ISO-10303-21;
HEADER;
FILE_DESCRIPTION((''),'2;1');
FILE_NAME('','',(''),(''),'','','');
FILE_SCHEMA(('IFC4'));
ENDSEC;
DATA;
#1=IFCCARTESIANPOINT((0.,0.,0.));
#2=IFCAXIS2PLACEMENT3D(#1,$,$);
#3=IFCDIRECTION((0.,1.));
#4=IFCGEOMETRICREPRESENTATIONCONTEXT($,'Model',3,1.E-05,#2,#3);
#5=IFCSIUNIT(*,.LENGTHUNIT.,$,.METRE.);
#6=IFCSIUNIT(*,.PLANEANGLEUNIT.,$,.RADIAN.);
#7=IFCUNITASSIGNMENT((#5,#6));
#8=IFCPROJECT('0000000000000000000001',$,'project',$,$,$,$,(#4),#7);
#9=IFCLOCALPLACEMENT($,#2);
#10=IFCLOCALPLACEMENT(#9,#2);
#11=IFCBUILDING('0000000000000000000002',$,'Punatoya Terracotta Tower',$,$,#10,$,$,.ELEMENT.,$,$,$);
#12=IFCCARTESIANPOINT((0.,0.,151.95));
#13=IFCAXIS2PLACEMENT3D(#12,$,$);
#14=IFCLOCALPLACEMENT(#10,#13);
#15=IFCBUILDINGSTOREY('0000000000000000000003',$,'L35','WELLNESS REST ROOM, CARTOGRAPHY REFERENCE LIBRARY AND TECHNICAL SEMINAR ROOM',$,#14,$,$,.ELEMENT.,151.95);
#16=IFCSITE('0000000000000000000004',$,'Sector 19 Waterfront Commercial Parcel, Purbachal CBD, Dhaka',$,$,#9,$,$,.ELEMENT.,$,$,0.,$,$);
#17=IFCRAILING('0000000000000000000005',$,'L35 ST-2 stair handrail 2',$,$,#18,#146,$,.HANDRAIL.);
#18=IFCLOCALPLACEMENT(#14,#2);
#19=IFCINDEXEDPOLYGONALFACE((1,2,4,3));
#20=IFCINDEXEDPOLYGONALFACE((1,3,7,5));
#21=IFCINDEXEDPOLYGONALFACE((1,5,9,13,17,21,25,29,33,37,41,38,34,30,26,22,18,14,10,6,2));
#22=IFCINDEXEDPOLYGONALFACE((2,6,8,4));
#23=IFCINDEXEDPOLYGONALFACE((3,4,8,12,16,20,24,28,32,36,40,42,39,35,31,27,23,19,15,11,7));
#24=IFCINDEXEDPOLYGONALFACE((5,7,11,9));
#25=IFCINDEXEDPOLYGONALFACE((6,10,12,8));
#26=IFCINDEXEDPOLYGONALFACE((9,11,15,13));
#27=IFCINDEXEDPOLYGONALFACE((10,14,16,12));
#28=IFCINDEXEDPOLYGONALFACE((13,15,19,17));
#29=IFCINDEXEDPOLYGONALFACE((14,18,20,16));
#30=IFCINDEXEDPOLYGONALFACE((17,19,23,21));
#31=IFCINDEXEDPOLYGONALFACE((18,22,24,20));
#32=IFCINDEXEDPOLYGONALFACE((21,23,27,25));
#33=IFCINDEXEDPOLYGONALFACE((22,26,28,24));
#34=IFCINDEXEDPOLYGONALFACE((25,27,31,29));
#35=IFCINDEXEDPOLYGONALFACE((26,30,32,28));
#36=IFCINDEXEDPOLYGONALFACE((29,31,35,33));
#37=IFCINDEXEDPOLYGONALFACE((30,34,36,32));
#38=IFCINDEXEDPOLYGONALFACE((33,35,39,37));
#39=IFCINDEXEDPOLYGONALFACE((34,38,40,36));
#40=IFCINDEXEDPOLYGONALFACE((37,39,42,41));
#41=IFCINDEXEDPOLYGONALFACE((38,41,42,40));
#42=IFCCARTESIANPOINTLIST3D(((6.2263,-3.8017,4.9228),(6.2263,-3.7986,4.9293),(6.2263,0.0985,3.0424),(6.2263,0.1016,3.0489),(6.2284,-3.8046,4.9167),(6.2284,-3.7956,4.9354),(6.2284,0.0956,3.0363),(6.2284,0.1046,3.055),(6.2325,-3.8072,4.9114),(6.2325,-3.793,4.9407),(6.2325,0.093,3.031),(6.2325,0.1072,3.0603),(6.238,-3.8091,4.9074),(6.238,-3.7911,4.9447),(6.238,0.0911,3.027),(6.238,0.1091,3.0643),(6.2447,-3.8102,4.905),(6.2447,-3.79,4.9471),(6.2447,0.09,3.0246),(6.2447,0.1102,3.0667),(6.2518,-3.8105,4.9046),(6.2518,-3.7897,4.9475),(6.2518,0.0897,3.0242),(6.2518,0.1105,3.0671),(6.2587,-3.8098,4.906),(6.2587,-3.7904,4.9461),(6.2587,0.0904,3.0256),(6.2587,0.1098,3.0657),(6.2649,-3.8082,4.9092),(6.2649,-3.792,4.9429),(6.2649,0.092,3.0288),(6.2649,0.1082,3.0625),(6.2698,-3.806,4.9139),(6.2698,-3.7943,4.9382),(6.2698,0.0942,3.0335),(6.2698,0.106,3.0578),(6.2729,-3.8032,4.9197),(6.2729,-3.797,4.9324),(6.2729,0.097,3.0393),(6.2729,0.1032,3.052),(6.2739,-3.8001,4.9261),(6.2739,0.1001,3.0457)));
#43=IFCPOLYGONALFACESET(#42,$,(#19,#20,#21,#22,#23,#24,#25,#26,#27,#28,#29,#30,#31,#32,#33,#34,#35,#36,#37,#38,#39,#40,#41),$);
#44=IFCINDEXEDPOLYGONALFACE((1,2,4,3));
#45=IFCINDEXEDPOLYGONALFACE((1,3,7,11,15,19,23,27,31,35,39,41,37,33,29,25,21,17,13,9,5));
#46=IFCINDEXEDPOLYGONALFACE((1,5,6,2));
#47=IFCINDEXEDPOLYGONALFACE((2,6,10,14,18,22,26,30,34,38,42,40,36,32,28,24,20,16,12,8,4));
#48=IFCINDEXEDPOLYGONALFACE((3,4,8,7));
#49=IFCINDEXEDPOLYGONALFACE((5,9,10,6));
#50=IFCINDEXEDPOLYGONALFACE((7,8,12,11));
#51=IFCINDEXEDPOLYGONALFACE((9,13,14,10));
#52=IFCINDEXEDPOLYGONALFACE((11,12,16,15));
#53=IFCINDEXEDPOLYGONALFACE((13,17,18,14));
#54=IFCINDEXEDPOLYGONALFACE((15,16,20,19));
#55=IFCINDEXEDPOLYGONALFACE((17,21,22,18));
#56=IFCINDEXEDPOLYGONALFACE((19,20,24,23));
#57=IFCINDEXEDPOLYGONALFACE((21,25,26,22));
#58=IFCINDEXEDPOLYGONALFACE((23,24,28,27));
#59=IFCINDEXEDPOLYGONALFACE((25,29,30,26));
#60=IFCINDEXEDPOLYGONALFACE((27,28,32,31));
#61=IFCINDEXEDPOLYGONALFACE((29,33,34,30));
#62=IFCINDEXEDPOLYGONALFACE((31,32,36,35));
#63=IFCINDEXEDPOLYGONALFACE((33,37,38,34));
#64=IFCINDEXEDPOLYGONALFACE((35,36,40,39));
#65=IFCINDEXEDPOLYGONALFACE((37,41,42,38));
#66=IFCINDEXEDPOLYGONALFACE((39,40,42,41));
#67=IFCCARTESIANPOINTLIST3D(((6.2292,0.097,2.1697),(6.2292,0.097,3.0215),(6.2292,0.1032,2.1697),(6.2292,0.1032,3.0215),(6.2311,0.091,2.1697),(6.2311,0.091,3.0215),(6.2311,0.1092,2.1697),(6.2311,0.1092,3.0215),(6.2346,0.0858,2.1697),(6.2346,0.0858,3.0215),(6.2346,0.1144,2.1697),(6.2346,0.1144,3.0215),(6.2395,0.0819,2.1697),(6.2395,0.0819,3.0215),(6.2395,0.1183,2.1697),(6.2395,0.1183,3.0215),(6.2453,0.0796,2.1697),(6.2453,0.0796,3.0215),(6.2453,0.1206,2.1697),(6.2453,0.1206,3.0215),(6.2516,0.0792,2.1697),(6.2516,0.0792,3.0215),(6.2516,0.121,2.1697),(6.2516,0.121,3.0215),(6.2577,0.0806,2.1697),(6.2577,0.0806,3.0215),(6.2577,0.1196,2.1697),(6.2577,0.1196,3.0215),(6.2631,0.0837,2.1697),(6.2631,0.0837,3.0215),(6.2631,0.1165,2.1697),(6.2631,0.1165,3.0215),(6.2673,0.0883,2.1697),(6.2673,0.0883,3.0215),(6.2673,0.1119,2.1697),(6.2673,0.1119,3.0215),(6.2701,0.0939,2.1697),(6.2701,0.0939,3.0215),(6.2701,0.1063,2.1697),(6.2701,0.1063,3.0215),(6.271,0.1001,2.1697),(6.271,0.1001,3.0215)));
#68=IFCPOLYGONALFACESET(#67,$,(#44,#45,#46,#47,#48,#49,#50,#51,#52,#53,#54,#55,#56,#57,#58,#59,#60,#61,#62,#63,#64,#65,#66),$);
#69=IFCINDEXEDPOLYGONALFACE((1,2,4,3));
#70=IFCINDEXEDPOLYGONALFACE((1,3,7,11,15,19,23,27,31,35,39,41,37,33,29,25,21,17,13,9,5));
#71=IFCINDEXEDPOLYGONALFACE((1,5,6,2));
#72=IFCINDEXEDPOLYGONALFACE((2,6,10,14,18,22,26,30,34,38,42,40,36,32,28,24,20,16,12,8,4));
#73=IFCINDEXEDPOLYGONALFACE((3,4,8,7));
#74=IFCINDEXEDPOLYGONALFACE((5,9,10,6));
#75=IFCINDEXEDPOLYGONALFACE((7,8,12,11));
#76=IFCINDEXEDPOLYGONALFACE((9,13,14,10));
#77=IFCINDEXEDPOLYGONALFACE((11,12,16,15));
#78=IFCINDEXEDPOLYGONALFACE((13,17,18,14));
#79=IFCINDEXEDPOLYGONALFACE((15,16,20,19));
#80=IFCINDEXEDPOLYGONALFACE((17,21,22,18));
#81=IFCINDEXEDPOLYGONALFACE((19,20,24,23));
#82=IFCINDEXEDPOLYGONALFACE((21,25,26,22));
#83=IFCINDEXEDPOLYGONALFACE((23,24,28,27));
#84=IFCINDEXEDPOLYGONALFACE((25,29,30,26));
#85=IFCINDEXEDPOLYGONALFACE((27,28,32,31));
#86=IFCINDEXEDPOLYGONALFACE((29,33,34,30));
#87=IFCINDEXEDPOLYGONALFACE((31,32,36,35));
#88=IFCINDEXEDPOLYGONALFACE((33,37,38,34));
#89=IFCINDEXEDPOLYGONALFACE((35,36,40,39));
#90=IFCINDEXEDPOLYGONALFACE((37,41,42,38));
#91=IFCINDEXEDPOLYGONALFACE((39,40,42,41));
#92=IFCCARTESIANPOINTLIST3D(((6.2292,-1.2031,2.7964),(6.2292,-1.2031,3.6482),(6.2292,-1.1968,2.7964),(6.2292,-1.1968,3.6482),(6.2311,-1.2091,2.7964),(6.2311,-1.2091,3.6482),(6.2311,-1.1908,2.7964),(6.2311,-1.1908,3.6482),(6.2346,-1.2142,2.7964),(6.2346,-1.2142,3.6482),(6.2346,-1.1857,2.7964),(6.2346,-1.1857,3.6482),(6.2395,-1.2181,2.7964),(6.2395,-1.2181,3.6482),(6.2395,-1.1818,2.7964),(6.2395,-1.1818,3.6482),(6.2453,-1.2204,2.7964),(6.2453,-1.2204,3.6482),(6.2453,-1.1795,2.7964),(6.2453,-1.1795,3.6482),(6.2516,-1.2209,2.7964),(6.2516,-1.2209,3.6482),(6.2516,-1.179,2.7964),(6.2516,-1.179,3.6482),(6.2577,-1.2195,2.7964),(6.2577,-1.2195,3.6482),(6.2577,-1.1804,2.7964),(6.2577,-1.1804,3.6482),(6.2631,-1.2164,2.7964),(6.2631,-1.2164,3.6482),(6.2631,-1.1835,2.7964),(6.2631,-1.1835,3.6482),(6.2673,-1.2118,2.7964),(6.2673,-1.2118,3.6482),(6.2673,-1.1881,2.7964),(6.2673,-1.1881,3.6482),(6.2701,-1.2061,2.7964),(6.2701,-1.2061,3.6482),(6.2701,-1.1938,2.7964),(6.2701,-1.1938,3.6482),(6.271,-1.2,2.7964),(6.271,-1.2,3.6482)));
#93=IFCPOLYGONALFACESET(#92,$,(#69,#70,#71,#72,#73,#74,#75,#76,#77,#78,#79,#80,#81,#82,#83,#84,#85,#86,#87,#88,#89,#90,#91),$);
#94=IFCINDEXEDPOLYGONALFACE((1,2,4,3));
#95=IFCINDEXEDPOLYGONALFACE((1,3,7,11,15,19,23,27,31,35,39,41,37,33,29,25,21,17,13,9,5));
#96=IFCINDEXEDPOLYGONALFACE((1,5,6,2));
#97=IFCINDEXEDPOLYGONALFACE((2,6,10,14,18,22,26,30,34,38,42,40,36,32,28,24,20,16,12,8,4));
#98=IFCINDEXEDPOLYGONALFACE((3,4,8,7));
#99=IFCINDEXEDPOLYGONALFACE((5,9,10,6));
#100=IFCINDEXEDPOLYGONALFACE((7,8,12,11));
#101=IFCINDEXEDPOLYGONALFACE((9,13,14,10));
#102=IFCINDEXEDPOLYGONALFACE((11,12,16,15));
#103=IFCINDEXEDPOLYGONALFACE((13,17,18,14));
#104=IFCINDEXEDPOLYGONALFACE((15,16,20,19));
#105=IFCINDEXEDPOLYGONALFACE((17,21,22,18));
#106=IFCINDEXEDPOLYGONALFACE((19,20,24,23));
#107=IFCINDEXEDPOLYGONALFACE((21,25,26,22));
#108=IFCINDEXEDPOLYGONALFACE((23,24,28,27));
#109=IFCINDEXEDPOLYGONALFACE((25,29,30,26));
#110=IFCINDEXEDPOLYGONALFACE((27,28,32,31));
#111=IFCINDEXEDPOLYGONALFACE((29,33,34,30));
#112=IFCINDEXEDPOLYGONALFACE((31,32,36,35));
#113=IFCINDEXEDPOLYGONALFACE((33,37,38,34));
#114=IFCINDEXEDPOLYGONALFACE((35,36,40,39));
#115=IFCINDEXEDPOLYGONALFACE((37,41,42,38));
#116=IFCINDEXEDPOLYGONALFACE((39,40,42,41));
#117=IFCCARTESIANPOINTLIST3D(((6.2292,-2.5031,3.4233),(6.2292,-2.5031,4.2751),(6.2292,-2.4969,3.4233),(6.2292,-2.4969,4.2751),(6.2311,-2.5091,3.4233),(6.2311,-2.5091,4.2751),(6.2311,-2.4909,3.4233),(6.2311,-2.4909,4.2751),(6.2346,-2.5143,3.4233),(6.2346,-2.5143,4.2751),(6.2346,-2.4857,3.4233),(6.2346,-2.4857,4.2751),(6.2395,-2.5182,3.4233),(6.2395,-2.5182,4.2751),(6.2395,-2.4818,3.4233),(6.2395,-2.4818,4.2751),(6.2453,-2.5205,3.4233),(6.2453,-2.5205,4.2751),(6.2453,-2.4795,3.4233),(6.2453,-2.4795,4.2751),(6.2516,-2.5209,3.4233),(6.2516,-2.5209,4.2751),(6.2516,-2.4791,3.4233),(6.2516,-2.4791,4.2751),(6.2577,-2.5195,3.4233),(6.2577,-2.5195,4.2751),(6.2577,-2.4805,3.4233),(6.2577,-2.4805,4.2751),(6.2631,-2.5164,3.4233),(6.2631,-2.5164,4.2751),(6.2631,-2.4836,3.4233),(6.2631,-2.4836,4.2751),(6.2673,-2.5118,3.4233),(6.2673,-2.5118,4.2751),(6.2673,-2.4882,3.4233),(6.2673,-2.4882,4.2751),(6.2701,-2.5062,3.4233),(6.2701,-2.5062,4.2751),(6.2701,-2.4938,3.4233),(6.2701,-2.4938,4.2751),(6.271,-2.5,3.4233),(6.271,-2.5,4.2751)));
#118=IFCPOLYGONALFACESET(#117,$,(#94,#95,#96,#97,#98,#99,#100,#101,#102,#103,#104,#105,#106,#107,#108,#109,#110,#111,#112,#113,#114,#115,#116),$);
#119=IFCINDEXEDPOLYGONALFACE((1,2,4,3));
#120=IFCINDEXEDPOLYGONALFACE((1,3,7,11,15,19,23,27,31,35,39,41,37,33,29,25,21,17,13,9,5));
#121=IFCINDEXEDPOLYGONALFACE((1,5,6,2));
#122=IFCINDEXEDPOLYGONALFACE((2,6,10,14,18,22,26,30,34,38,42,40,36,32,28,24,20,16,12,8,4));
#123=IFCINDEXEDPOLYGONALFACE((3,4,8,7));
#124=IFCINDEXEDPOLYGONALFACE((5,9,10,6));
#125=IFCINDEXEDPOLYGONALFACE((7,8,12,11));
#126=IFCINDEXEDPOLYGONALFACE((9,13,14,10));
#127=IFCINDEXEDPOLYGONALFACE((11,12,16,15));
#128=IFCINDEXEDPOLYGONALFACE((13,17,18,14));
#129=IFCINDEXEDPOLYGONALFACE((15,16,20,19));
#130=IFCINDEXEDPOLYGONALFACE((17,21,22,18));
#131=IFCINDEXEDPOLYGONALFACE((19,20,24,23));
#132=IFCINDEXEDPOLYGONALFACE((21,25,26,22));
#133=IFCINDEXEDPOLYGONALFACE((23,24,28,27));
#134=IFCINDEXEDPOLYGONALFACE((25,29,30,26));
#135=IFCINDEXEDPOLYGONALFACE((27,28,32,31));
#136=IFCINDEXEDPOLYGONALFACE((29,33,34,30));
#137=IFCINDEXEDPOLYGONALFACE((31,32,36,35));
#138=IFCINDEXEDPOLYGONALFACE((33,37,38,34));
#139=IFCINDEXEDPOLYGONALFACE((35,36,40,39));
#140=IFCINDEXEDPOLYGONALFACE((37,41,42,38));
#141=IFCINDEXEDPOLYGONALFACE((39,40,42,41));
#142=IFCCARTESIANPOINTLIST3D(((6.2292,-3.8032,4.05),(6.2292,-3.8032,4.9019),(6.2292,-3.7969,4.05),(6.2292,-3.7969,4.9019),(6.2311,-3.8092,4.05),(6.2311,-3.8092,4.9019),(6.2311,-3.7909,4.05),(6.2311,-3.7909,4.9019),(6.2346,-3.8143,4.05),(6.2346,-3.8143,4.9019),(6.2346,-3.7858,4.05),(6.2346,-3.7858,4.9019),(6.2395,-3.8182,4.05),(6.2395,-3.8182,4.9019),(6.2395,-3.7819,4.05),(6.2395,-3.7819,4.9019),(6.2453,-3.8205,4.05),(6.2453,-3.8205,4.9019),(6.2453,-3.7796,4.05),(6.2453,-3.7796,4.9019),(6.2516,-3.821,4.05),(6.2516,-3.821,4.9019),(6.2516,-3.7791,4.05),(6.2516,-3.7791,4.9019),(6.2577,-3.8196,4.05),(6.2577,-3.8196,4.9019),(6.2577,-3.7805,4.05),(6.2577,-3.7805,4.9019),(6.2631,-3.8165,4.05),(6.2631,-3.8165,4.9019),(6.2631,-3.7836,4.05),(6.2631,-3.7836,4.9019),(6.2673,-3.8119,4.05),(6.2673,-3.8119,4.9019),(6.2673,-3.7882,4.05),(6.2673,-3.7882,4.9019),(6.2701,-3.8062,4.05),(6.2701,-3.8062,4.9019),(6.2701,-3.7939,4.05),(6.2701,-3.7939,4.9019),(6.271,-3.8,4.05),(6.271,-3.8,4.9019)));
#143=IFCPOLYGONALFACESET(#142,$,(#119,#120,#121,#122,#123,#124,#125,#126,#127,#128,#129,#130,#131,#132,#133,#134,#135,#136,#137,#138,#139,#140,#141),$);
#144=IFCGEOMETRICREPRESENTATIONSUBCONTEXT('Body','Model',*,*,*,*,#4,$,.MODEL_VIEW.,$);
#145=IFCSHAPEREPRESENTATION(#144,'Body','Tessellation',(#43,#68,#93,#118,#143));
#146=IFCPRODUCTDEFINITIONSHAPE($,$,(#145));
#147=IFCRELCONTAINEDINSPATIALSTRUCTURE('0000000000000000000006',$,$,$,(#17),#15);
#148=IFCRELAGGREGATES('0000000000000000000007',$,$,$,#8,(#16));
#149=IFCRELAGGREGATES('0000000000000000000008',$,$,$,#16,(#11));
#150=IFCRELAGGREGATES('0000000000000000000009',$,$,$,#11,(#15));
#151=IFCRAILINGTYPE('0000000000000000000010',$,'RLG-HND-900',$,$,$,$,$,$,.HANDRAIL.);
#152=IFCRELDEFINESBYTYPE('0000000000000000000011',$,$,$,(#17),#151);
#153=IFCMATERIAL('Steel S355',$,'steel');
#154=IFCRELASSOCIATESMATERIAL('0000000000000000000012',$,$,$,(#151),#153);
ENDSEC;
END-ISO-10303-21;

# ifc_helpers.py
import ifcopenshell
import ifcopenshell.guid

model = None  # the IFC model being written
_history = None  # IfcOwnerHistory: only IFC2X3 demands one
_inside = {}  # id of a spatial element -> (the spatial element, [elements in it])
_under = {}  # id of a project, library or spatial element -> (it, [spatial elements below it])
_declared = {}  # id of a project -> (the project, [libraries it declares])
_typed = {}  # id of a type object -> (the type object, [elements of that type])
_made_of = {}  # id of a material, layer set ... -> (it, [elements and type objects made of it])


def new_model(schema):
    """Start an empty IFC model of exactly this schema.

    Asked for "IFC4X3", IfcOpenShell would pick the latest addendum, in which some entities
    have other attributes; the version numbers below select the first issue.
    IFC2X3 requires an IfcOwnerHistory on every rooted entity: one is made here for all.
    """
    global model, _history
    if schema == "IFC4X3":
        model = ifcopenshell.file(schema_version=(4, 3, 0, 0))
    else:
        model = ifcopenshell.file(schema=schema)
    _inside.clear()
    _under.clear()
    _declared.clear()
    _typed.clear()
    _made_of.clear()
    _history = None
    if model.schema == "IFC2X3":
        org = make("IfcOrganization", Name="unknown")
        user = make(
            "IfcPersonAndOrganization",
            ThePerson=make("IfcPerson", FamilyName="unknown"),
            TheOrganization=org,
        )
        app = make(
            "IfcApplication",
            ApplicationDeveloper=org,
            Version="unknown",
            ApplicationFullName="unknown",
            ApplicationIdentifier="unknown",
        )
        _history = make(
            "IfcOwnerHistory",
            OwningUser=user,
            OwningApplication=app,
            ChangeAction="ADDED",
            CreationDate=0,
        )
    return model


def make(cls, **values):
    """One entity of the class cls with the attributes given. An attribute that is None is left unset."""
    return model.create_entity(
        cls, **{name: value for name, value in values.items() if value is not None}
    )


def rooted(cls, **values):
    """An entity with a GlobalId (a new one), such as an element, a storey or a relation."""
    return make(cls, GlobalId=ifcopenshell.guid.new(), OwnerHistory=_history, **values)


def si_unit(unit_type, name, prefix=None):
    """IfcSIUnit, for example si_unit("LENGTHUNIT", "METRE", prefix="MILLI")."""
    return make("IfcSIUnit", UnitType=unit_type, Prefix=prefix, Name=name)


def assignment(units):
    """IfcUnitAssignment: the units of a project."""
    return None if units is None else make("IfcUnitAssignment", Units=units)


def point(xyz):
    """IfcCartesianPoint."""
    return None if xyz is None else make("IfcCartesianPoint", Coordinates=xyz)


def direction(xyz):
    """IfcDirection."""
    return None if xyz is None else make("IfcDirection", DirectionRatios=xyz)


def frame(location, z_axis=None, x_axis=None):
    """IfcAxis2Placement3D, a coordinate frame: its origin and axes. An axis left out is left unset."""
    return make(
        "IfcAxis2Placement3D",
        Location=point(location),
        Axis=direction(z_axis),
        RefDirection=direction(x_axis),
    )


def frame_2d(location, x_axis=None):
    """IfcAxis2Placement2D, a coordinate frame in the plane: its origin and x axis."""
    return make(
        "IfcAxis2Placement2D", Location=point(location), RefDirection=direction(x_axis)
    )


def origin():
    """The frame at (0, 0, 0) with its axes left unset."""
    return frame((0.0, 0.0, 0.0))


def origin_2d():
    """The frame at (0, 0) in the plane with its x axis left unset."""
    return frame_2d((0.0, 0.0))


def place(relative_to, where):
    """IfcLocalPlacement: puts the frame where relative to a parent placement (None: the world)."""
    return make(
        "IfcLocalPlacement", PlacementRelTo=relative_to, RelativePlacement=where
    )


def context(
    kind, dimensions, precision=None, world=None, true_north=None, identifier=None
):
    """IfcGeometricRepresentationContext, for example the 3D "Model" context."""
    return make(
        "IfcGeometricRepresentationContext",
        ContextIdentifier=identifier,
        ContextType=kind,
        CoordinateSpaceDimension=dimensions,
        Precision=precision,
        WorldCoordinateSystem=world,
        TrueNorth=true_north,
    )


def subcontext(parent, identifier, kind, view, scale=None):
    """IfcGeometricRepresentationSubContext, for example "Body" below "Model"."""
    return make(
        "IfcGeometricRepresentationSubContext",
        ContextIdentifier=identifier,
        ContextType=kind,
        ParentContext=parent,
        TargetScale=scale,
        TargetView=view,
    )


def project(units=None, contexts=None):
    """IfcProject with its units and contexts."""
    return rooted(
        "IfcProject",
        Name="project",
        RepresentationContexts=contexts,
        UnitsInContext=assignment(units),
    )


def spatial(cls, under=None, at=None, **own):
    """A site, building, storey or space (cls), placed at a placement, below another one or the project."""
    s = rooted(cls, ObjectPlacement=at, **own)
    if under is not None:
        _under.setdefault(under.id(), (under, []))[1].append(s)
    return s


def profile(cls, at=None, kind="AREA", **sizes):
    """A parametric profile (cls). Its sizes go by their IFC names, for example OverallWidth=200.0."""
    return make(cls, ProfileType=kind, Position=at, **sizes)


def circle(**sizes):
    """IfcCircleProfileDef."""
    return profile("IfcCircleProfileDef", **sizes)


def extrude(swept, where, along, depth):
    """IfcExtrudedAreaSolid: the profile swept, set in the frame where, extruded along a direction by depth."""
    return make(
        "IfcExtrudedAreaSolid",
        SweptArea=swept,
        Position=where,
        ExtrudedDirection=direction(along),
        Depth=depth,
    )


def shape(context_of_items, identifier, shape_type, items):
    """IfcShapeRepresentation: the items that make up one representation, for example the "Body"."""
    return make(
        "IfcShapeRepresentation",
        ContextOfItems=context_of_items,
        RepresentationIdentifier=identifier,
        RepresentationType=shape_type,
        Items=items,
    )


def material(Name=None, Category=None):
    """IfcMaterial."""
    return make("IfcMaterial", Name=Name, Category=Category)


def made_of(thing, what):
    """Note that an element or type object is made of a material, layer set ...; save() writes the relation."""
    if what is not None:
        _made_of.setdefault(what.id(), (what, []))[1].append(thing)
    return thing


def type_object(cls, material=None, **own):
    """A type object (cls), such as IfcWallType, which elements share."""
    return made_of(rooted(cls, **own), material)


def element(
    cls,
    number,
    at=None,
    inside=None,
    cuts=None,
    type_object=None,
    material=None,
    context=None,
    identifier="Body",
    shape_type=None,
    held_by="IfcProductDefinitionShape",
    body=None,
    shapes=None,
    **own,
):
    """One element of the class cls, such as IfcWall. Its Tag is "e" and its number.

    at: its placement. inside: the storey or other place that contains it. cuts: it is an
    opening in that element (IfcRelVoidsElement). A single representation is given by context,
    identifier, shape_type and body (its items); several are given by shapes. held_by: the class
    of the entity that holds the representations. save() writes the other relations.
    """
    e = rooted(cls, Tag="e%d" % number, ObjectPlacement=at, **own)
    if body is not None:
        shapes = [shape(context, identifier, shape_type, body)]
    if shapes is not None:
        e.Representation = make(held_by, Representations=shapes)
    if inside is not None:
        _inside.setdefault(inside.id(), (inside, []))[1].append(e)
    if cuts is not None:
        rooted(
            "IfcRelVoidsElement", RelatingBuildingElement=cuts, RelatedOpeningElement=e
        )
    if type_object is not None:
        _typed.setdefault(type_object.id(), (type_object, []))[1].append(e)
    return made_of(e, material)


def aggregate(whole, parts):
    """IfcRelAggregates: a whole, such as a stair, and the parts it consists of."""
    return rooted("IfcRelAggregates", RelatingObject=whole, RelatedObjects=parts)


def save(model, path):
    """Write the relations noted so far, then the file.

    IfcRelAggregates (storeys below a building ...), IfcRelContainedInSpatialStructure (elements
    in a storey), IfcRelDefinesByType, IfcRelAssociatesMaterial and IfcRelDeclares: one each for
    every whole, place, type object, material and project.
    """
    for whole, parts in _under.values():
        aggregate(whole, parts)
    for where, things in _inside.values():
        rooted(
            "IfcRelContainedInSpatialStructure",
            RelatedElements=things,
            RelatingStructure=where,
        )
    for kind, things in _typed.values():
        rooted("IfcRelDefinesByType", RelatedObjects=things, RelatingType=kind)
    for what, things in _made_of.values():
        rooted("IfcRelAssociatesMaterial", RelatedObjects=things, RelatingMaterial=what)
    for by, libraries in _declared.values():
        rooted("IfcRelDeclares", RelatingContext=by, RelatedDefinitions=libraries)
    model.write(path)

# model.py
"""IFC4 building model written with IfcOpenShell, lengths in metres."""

from ifc_helpers import new_model, si_unit, direction, frame, origin, origin_2d, place, context, subcontext, project, spatial, circle, extrude, material, type_object, element, save


model = new_model("IFC4")

# Units and contexts
model_context = context("Model", 3, precision=1e-05, world=origin(), true_north=direction((0.0, 1.0)))
body_context = subcontext(model_context, "Body", "Model", "MODEL_VIEW")
ifc_project = project(units=[si_unit("LENGTHUNIT", "METRE"), si_unit("PLANEANGLEUNIT", "RADIAN")], contexts=[model_context])

# Site, building, storey
site_placement = place(None, origin())
site = spatial("IfcSite", under=ifc_project, at=site_placement, Name="Sector 19 Waterfront Commercial Parcel, Purbachal CBD, Dhaka", CompositionType="ELEMENT", RefElevation=0.0)
building_placement = place(site_placement, origin())
building = spatial("IfcBuilding", under=site, at=building_placement, Name="Punatoya Terracotta Tower", CompositionType="ELEMENT")
storey_placement = place(building_placement, frame((0.0, 0.0, 151.95)))
storey = spatial("IfcBuildingStorey", under=building, at=storey_placement, Name="L35", Description="WELLNESS REST ROOM, CARTOGRAPHY REFERENCE LIBRARY AND TECHNICAL SEMINAR ROOM", CompositionType="ELEMENT", Elevation=151.95)

# Shared definitions
ifc_material_1 = material(Name="Steel S355", Category="steel")

# Railing
railing_type_1 = type_object("IfcRailingType", Name="RLG-HND-900", PredefinedType="HANDRAIL", material=ifc_material_1)
railing_1_placement = place(storey_placement, frame((6.25, 0.1001, 2.1697)))
element("IfcRailing", 1, at=railing_1_placement, inside=storey, type_object=railing_type_1, Name="L35 ST-2 stair handrail 2", PredefinedType="HANDRAIL", context=body_context, shape_type="SweptSolid", body=[
    extrude(circle(Radius=0.0239, at=origin_2d()), frame((0.0, 0.0, 0.876), z_axis=(0.0, -0.900774, 0.434289), x_axis=(1.0, 0.0, 0.0)), (0.0, 0.0, 1.0), 4.3298),
    extrude(circle(Radius=0.021, at=origin_2d()), origin(), (0.0, 0.0, 1.0), 0.8518),
    extrude(circle(Radius=0.021, at=origin_2d()), frame((0.0, -1.3, 0.6267)), (0.0, 0.0, 1.0), 0.8518),
    extrude(circle(Radius=0.021, at=origin_2d()), frame((0.0, -2.6001, 1.2537)), (0.0, 0.0, 1.0), 0.8518),
    extrude(circle(Radius=0.021, at=origin_2d()), frame((0.0, -3.9001, 1.8804)), (0.0, 0.0, 1.0), 0.8518),
])

save(model, "model.ifc")
